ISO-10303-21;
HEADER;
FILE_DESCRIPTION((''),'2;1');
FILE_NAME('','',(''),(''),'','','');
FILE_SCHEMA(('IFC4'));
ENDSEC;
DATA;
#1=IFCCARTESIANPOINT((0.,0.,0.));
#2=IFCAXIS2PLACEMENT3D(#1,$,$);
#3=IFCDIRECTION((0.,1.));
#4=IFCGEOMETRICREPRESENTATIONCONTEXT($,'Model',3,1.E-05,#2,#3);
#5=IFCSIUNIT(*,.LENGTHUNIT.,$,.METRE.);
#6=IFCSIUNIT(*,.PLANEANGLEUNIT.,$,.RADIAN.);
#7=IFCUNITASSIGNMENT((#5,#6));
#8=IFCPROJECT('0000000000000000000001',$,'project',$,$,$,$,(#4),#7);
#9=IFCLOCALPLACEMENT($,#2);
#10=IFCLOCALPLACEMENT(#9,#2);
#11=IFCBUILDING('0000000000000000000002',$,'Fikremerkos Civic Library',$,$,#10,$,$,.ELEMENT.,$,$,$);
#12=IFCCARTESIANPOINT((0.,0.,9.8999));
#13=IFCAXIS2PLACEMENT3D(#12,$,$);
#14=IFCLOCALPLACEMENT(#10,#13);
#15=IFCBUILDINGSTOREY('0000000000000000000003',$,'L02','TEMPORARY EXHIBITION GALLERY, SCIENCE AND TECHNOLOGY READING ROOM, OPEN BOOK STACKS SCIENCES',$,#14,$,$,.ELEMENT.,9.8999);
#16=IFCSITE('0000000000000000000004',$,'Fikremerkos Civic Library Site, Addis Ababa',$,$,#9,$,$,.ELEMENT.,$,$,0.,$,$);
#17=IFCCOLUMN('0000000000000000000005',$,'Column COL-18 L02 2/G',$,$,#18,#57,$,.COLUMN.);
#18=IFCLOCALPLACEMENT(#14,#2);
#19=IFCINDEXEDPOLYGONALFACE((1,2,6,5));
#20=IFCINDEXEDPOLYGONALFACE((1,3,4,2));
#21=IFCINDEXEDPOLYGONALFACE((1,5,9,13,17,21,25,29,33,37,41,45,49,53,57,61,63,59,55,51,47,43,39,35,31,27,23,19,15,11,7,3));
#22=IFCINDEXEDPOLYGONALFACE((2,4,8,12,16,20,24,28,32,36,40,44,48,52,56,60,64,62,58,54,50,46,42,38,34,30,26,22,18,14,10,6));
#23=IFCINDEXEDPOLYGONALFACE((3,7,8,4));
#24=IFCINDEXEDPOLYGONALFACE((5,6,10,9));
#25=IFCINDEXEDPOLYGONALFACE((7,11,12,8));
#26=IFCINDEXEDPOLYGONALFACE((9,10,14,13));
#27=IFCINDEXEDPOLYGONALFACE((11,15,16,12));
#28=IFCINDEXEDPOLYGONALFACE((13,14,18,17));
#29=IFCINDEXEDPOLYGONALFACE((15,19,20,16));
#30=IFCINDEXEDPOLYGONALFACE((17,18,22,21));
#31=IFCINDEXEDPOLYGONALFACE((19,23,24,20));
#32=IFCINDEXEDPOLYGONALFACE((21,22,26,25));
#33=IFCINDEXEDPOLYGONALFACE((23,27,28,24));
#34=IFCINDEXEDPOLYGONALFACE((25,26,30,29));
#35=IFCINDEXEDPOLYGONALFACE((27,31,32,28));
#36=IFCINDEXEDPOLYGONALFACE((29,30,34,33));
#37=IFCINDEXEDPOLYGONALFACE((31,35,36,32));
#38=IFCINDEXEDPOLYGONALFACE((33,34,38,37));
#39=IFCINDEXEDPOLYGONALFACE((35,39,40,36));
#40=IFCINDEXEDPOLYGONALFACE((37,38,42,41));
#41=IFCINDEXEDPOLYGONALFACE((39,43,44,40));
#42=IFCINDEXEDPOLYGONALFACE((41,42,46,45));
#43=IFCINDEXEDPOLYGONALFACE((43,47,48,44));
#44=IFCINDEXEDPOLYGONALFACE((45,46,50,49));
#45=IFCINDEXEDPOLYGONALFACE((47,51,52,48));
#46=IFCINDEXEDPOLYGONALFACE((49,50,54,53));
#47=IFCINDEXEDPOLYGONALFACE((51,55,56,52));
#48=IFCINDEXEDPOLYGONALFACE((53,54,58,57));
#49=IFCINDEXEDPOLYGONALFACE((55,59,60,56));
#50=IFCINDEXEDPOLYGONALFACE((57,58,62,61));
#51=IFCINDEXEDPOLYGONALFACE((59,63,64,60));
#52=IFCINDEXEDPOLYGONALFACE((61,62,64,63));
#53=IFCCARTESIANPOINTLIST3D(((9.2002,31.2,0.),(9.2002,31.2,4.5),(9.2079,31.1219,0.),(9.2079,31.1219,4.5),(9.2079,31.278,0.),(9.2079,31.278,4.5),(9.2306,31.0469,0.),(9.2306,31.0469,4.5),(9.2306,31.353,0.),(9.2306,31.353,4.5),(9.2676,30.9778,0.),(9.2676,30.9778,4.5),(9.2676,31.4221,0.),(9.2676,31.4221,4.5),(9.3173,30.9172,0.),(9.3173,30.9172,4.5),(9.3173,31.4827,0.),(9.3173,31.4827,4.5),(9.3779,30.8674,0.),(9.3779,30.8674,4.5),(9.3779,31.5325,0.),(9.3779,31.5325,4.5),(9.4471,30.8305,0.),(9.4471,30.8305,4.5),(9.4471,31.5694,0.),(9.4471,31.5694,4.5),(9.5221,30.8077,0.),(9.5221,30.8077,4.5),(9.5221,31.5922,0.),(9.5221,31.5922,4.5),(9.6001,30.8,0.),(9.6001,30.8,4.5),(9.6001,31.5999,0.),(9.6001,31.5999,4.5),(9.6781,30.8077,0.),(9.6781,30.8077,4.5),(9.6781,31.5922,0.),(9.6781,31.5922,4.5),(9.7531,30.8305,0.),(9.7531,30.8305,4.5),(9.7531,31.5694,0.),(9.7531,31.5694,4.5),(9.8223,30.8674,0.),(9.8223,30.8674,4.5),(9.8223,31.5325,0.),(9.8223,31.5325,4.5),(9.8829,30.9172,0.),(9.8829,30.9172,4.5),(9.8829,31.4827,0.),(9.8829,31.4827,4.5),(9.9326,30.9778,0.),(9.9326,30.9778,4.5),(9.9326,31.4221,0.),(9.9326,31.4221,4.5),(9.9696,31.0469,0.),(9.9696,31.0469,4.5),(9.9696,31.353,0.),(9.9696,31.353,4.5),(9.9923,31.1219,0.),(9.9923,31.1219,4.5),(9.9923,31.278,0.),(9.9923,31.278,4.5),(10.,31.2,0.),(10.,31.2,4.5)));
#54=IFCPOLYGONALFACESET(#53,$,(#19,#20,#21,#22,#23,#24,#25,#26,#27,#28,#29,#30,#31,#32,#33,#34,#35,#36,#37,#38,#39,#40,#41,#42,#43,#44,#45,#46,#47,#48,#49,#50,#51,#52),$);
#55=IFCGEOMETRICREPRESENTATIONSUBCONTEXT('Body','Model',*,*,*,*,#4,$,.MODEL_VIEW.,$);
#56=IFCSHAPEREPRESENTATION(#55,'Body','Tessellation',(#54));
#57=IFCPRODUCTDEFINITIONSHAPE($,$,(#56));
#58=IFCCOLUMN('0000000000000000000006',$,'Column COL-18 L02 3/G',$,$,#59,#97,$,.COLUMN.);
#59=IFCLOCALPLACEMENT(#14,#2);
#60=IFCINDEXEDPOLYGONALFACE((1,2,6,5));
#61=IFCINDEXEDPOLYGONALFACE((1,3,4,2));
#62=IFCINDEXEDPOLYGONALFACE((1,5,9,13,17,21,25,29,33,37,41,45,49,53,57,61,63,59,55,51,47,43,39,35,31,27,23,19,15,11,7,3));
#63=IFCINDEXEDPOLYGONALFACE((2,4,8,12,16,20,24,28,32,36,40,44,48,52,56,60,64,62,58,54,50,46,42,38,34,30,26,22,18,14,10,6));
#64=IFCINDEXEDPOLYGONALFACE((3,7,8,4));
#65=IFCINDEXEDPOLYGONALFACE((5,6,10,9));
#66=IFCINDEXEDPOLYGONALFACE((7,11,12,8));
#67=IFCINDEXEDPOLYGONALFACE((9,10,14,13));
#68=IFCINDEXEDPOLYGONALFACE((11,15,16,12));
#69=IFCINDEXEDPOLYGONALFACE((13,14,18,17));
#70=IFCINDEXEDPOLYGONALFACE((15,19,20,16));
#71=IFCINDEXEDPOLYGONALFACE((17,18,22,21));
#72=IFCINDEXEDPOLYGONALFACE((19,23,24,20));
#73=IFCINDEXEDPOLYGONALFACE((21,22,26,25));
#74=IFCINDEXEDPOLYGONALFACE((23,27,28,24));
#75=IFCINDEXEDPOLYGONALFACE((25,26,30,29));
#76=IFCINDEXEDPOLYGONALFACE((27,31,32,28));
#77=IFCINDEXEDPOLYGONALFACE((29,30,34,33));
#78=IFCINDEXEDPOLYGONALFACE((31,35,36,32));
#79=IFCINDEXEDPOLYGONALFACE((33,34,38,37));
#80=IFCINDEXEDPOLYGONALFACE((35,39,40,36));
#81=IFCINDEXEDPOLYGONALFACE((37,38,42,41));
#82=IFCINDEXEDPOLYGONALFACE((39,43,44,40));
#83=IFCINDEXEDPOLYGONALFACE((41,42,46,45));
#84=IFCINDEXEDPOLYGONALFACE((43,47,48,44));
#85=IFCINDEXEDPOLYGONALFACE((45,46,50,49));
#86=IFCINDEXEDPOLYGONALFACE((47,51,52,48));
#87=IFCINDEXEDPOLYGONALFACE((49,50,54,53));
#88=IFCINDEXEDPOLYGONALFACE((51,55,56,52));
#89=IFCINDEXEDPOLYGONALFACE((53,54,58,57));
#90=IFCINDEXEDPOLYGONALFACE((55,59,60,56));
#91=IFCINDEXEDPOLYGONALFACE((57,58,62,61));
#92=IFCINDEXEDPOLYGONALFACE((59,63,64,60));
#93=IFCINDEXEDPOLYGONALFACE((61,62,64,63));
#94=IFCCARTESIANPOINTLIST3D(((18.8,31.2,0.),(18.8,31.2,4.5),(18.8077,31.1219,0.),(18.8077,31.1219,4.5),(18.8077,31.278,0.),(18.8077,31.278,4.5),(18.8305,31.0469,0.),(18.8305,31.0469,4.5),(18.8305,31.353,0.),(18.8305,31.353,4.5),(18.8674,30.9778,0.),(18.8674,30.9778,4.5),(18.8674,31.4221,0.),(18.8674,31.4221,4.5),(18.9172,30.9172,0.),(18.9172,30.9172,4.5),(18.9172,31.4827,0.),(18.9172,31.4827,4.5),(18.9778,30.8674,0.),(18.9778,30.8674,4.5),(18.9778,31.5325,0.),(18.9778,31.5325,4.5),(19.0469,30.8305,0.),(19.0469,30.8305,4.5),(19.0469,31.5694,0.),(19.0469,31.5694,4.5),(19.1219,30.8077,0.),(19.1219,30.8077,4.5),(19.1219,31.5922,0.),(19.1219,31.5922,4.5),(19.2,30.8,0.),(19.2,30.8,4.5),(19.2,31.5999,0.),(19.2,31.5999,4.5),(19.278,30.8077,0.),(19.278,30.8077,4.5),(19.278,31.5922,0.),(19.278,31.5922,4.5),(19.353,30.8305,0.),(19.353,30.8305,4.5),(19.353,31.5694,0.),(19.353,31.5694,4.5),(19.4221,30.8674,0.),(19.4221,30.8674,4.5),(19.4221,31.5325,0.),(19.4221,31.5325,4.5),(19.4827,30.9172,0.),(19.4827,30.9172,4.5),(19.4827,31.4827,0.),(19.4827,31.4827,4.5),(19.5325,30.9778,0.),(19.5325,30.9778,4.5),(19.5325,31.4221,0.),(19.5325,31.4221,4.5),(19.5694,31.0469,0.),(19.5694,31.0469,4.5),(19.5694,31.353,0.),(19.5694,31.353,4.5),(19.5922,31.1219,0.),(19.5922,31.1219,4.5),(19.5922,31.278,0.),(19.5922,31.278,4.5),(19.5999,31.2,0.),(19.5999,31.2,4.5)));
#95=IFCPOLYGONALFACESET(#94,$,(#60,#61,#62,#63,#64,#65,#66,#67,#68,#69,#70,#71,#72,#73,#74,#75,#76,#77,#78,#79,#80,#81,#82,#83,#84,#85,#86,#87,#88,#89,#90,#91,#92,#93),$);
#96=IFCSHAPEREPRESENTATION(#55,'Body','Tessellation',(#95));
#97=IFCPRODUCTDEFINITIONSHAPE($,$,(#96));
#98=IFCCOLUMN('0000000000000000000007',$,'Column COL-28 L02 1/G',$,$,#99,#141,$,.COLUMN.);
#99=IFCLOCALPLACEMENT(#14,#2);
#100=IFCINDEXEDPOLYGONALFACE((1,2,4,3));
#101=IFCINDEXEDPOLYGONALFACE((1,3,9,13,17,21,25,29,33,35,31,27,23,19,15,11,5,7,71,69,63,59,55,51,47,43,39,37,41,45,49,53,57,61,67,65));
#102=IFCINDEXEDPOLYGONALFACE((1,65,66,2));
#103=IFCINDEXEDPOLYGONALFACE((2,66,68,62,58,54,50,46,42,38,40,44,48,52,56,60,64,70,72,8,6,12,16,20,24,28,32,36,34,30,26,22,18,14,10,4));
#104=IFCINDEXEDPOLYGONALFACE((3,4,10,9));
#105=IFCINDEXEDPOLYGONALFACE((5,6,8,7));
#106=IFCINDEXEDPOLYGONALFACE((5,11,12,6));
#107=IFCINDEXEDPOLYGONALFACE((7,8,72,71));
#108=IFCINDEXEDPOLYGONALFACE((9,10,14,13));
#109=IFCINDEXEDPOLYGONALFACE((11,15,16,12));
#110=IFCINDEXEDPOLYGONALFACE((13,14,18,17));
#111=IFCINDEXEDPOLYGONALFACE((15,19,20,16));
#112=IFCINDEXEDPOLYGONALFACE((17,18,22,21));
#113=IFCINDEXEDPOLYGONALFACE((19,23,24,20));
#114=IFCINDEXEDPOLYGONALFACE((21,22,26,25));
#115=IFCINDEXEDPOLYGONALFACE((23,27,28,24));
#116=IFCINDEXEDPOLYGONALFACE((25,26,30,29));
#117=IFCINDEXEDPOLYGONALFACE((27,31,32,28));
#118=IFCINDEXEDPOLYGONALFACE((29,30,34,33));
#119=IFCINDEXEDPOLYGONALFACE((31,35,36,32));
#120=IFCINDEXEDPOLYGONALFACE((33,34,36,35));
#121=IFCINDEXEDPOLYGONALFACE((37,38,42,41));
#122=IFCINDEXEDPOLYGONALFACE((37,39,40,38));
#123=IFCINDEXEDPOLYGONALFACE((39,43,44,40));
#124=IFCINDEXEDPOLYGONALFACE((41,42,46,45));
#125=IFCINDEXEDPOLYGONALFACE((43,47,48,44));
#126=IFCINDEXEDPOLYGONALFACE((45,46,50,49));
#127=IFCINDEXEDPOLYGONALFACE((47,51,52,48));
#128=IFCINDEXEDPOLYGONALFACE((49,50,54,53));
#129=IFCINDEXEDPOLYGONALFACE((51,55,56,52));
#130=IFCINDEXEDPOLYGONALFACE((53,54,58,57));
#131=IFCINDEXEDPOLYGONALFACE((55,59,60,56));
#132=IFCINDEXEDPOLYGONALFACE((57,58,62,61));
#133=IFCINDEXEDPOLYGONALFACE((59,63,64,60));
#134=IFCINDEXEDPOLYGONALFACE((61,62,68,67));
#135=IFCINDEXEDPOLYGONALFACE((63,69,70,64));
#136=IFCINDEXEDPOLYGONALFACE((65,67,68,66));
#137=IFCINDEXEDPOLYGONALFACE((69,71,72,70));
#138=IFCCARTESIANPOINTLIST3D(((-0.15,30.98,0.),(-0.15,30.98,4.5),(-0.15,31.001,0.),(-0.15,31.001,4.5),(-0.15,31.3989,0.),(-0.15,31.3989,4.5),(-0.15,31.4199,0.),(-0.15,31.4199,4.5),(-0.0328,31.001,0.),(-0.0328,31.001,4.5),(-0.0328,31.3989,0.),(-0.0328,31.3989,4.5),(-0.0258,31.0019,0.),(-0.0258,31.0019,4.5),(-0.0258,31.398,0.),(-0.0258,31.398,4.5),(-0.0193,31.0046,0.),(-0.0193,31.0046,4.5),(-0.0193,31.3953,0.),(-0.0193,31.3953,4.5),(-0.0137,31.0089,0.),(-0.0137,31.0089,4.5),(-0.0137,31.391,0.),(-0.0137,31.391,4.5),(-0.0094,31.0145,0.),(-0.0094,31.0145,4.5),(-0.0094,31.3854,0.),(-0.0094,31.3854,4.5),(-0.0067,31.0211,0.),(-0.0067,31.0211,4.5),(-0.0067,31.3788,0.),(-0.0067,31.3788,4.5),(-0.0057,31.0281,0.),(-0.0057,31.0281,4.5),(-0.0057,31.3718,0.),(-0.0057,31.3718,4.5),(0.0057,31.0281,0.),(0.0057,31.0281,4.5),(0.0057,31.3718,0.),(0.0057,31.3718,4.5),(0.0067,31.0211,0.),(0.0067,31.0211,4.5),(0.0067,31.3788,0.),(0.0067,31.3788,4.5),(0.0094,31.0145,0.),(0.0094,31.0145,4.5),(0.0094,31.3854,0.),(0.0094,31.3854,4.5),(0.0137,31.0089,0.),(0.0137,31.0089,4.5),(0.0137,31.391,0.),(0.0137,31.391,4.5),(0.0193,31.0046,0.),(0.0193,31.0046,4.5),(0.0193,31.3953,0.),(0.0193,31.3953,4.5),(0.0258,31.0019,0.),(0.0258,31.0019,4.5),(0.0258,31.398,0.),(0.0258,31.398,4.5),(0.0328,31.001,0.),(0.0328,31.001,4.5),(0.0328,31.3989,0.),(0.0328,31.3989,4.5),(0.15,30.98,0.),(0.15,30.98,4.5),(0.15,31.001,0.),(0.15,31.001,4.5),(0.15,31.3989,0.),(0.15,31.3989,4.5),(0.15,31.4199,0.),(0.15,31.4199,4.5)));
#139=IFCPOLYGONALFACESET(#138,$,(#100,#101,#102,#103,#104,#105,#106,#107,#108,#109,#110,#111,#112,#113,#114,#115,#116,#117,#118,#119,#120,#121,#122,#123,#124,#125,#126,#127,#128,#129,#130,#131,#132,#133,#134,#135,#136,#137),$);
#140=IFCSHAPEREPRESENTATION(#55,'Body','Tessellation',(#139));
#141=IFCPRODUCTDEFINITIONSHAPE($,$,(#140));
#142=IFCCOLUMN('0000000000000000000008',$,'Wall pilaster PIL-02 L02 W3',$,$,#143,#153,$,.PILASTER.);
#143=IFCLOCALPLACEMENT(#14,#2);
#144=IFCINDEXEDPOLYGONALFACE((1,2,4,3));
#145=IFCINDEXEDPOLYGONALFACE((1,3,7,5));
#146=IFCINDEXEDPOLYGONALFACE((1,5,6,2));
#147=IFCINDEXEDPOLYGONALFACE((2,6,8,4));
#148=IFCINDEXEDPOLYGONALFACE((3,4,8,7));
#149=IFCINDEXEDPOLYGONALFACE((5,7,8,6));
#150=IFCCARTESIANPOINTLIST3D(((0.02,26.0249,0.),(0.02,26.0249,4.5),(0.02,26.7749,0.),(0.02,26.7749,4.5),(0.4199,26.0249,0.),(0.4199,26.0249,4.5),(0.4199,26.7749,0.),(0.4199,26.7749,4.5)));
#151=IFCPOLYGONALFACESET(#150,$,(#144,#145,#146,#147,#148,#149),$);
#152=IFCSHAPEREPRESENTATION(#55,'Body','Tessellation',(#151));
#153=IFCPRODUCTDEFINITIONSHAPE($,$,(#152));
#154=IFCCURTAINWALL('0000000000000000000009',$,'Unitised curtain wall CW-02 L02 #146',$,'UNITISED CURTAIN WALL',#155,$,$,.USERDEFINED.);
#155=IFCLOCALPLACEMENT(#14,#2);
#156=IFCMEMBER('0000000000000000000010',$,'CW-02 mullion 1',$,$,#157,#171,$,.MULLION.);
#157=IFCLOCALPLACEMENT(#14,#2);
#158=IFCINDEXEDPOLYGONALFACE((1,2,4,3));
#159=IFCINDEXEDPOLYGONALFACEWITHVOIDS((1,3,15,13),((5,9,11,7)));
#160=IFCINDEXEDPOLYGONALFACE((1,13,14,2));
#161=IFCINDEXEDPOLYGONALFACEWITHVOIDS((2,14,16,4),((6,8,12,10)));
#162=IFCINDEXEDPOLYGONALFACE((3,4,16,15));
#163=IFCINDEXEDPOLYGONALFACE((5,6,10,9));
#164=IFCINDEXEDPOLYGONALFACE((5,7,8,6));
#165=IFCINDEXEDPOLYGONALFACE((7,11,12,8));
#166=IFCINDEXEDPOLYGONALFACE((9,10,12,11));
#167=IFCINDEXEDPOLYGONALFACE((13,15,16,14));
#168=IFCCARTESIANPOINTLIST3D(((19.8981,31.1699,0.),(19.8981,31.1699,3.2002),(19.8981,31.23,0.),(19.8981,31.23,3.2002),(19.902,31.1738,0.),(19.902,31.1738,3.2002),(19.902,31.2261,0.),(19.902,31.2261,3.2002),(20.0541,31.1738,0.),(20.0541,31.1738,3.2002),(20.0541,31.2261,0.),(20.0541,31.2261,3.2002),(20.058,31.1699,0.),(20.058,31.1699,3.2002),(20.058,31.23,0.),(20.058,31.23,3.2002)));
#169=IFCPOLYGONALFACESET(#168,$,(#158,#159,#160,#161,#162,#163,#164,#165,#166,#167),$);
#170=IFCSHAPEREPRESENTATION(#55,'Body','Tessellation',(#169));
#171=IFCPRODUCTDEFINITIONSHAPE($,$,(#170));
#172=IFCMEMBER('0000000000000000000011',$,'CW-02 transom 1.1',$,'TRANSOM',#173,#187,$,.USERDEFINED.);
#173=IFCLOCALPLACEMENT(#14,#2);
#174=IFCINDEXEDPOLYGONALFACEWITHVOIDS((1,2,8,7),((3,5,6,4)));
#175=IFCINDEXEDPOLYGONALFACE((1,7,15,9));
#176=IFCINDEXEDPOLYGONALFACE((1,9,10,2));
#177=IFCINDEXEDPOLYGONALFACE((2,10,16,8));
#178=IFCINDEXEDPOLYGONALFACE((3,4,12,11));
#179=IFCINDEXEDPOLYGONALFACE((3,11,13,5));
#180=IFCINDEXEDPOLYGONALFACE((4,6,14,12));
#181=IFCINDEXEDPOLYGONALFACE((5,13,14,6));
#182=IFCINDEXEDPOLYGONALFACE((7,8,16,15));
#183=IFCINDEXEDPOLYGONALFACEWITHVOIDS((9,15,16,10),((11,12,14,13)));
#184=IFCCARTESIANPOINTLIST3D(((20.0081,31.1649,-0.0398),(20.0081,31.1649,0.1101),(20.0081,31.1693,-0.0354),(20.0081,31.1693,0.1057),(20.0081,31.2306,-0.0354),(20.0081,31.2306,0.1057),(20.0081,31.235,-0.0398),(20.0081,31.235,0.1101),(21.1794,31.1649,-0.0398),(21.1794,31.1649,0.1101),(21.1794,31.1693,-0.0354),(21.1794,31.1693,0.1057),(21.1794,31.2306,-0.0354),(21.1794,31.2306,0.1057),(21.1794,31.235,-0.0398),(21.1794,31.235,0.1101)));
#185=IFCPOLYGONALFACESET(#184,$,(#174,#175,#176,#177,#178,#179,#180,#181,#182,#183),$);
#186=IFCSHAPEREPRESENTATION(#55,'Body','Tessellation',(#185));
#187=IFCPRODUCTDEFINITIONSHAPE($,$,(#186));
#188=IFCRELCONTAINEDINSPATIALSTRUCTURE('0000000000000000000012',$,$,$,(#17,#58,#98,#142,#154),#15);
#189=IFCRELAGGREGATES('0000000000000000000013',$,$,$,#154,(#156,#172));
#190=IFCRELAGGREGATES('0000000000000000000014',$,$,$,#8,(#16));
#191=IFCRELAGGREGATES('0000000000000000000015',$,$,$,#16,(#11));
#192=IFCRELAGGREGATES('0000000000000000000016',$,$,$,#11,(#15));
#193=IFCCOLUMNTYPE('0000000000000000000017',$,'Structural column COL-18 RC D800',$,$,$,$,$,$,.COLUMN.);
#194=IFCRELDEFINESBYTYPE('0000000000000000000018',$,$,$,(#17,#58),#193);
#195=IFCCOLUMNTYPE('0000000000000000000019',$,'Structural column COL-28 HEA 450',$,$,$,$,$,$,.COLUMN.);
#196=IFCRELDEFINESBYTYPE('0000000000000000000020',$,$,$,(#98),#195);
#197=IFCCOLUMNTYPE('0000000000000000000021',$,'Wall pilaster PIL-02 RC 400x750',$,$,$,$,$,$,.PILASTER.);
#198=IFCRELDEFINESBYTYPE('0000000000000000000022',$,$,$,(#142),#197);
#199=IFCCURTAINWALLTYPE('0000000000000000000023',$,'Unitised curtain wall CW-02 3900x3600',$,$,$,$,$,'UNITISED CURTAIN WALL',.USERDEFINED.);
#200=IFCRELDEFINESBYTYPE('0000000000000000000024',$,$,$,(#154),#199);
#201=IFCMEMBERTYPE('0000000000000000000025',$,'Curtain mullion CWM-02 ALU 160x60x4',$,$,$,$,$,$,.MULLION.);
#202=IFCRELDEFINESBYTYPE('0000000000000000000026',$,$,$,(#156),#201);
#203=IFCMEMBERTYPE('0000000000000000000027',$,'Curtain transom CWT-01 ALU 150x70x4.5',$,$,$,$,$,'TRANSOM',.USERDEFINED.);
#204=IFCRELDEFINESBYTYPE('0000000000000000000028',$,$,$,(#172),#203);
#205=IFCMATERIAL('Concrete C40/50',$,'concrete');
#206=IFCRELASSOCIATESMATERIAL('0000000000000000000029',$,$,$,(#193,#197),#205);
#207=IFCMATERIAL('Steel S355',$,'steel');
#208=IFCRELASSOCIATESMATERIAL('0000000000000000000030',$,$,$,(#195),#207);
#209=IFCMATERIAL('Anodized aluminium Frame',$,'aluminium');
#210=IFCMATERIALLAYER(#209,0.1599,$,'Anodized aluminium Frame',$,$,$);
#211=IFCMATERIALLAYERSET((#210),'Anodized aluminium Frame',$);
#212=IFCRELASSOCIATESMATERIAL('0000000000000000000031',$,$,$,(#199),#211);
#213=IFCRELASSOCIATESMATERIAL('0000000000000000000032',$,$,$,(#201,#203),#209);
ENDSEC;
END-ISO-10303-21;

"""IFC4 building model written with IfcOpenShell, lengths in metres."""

from ifc_helpers import new_model, si_unit, direction, frame, origin, origin_2d, place, context, subcontext, project, spatial, rectangle, hollow_rectangle, circle, i_section, extrude, material, layer, layer_set, material_profile, profile_set, type_object, element, aggregate, save


model = new_model("IFC4")

# Units and contexts
model_context = context("Model", 3, precision=1e-05, world=origin(), true_north=direction((0.0, 1.0)))
body_context = subcontext(model_context, "Body", "Model", "MODEL_VIEW")
ifc_project = project(units=[si_unit("LENGTHUNIT", "METRE"), si_unit("PLANEANGLEUNIT", "RADIAN")], contexts=[model_context])

# Site, building, storey
site_placement = place(None, origin())
site = spatial("IfcSite", under=ifc_project, at=site_placement, Name="Fikremerkos Civic Library Site, Addis Ababa", CompositionType="ELEMENT", RefElevation=0.0)
building_placement = place(site_placement, origin())
building = spatial("IfcBuilding", under=site, at=building_placement, Name="Fikremerkos Civic Library", CompositionType="ELEMENT")
storey_placement = place(building_placement, frame((0.0, 0.0, 9.8999)))
storey = spatial("IfcBuildingStorey", under=building, at=storey_placement, Name="L02", Description="TEMPORARY EXHIBITION GALLERY, SCIENCE AND TECHNOLOGY READING ROOM, OPEN BOOK STACKS SCIENCES", CompositionType="ELEMENT", Elevation=9.8999)

# Columns
ifc_material_1 = material(Name="Concrete C40/50", Category="concrete")
ifc_material_profile_1 = material_profile(ifc_material_1, circle(Radius=0.3999, at=origin_2d()), Name="RC D800")
ifc_profile_set_1 = profile_set([ifc_material_profile_1], Name="Concrete C40/50")
column_type_1 = type_object("IfcColumnType", Name="Structural column COL-18 RC D800", PredefinedType="COLUMN", material=ifc_profile_set_1)
for number, where, z_axis, x_axis, name in (
    (1, (9.6001, 31.2, 0.0), (0.0, 0.0, 1.0), (1.0, 0.0, 0.0), "Column COL-18 L02 2/G"),
    (2, (19.2, 31.2, 0.0), (0.0, 0.0, 1.0), (1.0, 0.0, 0.0), "Column COL-18 L02 3/G"),
):
    element("IfcColumn", number, at=place(storey_placement, frame(where, z_axis=z_axis, x_axis=x_axis)), inside=storey, type_object=column_type_1, Name=name, PredefinedType="COLUMN", context=body_context, shape_type="SweptSolid", body=[
        extrude(circle(Radius=0.3999, at=origin_2d()), origin(), (0.0, 0.0, 1.0), 4.5),
    ])
ifc_material_2 = material(Name="Steel S355", Category="steel")
ifc_material_profile_2 = material_profile(ifc_material_2, i_section(OverallWidth=0.3, OverallDepth=0.4399, WebThickness=0.0115, FlangeThickness=0.021, FilletRadius=0.0271, at=origin_2d()), Name="HEA 450")
ifc_profile_set_2 = profile_set([ifc_material_profile_2], Name="Steel S355")
column_type_2 = type_object("IfcColumnType", Name="Structural column COL-28 HEA 450", PredefinedType="COLUMN", material=ifc_profile_set_2)
column_1_placement = place(storey_placement, frame((0.0, 31.2, 0.0), z_axis=(0.0, 0.0, 1.0), x_axis=(1.0, 0.0, 0.0)))
element("IfcColumn", 3, at=column_1_placement, inside=storey, type_object=column_type_2, Name="Column COL-28 L02 1/G", PredefinedType="COLUMN", context=body_context, shape_type="SweptSolid", body=[
    extrude(i_section(OverallWidth=0.3, OverallDepth=0.4399, WebThickness=0.0115, FlangeThickness=0.021, FilletRadius=0.0271, at=origin_2d()), origin(), (0.0, 0.0, 1.0), 4.5),
])
ifc_material_profile_3 = material_profile(ifc_material_1, rectangle(XDim=0.3999, YDim=0.75, at=origin_2d()), Name="RC 400x750")
ifc_profile_set_3 = profile_set([ifc_material_profile_3], Name="Concrete C40/50")
column_type_3 = type_object("IfcColumnType", Name="Wall pilaster PIL-02 RC 400x750", PredefinedType="PILASTER", material=ifc_profile_set_3)
column_2_placement = place(storey_placement, frame((0.22, 26.3999, 0.0), z_axis=(0.0, 0.0, 1.0), x_axis=(1.0, 0.0, 0.0)))
element("IfcColumn", 4, at=column_2_placement, inside=storey, type_object=column_type_3, Name="Wall pilaster PIL-02 L02 W3", PredefinedType="PILASTER", context=body_context, shape_type="SweptSolid", body=[
    extrude(rectangle(XDim=0.3999, YDim=0.75, at=origin_2d()), origin(), (0.0, 0.0, 1.0), 4.5),
])

# Curtain wall, members
ifc_material_3 = material(Name="Anodized aluminium Frame", Category="aluminium")
ifc_layer_1 = layer(ifc_material_3, 0.1599, Name="Anodized aluminium Frame")
ifc_layer_set_1 = layer_set([ifc_layer_1], Name="Anodized aluminium Frame")
curtain_wall_type = type_object("IfcCurtainWallType", Name="Unitised curtain wall CW-02 3900x3600", ElementType="UNITISED CURTAIN WALL", PredefinedType="USERDEFINED", material=ifc_layer_set_1)
curtain_wall_placement = place(storey_placement, origin())
curtain_wall = element("IfcCurtainWall", 5, at=curtain_wall_placement, inside=storey, type_object=curtain_wall_type, Name="Unitised curtain wall CW-02 L02 #146", ObjectType="UNITISED CURTAIN WALL", PredefinedType="USERDEFINED")
ifc_material_profile_4 = material_profile(ifc_material_3, hollow_rectangle(XDim=0.0601, YDim=0.1599, WallThickness=0.0039, at=origin_2d()), Name="ALU 160x60x4")
ifc_profile_set_4 = profile_set([ifc_material_profile_4], Name="Anodized aluminium Frame")
member_type_1 = type_object("IfcMemberType", Name="Curtain mullion CWM-02 ALU 160x60x4", PredefinedType="MULLION", material=ifc_profile_set_4)
member_1_placement = place(storey_placement, frame((19.978, 31.2, 0.0), z_axis=(0.0, 0.0, 1.0), x_axis=(0.0, 1.0, 0.0)))
member_1 = element("IfcMember", 6, at=member_1_placement, type_object=member_type_1, Name="CW-02 mullion 1", PredefinedType="MULLION", context=body_context, shape_type="SweptSolid", body=[
    extrude(hollow_rectangle(XDim=0.0601, YDim=0.1599, WallThickness=0.0039, at=origin_2d()), origin(), (0.0, 0.0, 1.0), 3.2002),
])
ifc_material_profile_5 = material_profile(ifc_material_3, hollow_rectangle(XDim=0.0701, YDim=0.1499, WallThickness=0.0044, at=origin_2d()), Name="ALU 150x70x4.5")
ifc_profile_set_5 = profile_set([ifc_material_profile_5], Name="Anodized aluminium Frame")
member_type_2 = type_object("IfcMemberType", Name="Curtain transom CWT-01 ALU 150x70x4.5", ElementType="TRANSOM", PredefinedType="USERDEFINED", material=ifc_profile_set_5)
member_2_placement = place(storey_placement, frame((20.0081, 31.2, 0.0352), z_axis=(1.0, 0.0, 0.0), x_axis=(0.0, 1.0, 0.0)))
member_2 = element("IfcMember", 7, at=member_2_placement, type_object=member_type_2, Name="CW-02 transom 1.1", ObjectType="TRANSOM", PredefinedType="USERDEFINED", context=body_context, shape_type="SweptSolid", body=[
    extrude(hollow_rectangle(XDim=0.0701, YDim=0.1499, WallThickness=0.0044, at=origin_2d()), origin(), (0.0, 0.0, 1.0), 1.1714),
])
aggregate(curtain_wall, [member_1, member_2])

save(model, "model.ifc")
